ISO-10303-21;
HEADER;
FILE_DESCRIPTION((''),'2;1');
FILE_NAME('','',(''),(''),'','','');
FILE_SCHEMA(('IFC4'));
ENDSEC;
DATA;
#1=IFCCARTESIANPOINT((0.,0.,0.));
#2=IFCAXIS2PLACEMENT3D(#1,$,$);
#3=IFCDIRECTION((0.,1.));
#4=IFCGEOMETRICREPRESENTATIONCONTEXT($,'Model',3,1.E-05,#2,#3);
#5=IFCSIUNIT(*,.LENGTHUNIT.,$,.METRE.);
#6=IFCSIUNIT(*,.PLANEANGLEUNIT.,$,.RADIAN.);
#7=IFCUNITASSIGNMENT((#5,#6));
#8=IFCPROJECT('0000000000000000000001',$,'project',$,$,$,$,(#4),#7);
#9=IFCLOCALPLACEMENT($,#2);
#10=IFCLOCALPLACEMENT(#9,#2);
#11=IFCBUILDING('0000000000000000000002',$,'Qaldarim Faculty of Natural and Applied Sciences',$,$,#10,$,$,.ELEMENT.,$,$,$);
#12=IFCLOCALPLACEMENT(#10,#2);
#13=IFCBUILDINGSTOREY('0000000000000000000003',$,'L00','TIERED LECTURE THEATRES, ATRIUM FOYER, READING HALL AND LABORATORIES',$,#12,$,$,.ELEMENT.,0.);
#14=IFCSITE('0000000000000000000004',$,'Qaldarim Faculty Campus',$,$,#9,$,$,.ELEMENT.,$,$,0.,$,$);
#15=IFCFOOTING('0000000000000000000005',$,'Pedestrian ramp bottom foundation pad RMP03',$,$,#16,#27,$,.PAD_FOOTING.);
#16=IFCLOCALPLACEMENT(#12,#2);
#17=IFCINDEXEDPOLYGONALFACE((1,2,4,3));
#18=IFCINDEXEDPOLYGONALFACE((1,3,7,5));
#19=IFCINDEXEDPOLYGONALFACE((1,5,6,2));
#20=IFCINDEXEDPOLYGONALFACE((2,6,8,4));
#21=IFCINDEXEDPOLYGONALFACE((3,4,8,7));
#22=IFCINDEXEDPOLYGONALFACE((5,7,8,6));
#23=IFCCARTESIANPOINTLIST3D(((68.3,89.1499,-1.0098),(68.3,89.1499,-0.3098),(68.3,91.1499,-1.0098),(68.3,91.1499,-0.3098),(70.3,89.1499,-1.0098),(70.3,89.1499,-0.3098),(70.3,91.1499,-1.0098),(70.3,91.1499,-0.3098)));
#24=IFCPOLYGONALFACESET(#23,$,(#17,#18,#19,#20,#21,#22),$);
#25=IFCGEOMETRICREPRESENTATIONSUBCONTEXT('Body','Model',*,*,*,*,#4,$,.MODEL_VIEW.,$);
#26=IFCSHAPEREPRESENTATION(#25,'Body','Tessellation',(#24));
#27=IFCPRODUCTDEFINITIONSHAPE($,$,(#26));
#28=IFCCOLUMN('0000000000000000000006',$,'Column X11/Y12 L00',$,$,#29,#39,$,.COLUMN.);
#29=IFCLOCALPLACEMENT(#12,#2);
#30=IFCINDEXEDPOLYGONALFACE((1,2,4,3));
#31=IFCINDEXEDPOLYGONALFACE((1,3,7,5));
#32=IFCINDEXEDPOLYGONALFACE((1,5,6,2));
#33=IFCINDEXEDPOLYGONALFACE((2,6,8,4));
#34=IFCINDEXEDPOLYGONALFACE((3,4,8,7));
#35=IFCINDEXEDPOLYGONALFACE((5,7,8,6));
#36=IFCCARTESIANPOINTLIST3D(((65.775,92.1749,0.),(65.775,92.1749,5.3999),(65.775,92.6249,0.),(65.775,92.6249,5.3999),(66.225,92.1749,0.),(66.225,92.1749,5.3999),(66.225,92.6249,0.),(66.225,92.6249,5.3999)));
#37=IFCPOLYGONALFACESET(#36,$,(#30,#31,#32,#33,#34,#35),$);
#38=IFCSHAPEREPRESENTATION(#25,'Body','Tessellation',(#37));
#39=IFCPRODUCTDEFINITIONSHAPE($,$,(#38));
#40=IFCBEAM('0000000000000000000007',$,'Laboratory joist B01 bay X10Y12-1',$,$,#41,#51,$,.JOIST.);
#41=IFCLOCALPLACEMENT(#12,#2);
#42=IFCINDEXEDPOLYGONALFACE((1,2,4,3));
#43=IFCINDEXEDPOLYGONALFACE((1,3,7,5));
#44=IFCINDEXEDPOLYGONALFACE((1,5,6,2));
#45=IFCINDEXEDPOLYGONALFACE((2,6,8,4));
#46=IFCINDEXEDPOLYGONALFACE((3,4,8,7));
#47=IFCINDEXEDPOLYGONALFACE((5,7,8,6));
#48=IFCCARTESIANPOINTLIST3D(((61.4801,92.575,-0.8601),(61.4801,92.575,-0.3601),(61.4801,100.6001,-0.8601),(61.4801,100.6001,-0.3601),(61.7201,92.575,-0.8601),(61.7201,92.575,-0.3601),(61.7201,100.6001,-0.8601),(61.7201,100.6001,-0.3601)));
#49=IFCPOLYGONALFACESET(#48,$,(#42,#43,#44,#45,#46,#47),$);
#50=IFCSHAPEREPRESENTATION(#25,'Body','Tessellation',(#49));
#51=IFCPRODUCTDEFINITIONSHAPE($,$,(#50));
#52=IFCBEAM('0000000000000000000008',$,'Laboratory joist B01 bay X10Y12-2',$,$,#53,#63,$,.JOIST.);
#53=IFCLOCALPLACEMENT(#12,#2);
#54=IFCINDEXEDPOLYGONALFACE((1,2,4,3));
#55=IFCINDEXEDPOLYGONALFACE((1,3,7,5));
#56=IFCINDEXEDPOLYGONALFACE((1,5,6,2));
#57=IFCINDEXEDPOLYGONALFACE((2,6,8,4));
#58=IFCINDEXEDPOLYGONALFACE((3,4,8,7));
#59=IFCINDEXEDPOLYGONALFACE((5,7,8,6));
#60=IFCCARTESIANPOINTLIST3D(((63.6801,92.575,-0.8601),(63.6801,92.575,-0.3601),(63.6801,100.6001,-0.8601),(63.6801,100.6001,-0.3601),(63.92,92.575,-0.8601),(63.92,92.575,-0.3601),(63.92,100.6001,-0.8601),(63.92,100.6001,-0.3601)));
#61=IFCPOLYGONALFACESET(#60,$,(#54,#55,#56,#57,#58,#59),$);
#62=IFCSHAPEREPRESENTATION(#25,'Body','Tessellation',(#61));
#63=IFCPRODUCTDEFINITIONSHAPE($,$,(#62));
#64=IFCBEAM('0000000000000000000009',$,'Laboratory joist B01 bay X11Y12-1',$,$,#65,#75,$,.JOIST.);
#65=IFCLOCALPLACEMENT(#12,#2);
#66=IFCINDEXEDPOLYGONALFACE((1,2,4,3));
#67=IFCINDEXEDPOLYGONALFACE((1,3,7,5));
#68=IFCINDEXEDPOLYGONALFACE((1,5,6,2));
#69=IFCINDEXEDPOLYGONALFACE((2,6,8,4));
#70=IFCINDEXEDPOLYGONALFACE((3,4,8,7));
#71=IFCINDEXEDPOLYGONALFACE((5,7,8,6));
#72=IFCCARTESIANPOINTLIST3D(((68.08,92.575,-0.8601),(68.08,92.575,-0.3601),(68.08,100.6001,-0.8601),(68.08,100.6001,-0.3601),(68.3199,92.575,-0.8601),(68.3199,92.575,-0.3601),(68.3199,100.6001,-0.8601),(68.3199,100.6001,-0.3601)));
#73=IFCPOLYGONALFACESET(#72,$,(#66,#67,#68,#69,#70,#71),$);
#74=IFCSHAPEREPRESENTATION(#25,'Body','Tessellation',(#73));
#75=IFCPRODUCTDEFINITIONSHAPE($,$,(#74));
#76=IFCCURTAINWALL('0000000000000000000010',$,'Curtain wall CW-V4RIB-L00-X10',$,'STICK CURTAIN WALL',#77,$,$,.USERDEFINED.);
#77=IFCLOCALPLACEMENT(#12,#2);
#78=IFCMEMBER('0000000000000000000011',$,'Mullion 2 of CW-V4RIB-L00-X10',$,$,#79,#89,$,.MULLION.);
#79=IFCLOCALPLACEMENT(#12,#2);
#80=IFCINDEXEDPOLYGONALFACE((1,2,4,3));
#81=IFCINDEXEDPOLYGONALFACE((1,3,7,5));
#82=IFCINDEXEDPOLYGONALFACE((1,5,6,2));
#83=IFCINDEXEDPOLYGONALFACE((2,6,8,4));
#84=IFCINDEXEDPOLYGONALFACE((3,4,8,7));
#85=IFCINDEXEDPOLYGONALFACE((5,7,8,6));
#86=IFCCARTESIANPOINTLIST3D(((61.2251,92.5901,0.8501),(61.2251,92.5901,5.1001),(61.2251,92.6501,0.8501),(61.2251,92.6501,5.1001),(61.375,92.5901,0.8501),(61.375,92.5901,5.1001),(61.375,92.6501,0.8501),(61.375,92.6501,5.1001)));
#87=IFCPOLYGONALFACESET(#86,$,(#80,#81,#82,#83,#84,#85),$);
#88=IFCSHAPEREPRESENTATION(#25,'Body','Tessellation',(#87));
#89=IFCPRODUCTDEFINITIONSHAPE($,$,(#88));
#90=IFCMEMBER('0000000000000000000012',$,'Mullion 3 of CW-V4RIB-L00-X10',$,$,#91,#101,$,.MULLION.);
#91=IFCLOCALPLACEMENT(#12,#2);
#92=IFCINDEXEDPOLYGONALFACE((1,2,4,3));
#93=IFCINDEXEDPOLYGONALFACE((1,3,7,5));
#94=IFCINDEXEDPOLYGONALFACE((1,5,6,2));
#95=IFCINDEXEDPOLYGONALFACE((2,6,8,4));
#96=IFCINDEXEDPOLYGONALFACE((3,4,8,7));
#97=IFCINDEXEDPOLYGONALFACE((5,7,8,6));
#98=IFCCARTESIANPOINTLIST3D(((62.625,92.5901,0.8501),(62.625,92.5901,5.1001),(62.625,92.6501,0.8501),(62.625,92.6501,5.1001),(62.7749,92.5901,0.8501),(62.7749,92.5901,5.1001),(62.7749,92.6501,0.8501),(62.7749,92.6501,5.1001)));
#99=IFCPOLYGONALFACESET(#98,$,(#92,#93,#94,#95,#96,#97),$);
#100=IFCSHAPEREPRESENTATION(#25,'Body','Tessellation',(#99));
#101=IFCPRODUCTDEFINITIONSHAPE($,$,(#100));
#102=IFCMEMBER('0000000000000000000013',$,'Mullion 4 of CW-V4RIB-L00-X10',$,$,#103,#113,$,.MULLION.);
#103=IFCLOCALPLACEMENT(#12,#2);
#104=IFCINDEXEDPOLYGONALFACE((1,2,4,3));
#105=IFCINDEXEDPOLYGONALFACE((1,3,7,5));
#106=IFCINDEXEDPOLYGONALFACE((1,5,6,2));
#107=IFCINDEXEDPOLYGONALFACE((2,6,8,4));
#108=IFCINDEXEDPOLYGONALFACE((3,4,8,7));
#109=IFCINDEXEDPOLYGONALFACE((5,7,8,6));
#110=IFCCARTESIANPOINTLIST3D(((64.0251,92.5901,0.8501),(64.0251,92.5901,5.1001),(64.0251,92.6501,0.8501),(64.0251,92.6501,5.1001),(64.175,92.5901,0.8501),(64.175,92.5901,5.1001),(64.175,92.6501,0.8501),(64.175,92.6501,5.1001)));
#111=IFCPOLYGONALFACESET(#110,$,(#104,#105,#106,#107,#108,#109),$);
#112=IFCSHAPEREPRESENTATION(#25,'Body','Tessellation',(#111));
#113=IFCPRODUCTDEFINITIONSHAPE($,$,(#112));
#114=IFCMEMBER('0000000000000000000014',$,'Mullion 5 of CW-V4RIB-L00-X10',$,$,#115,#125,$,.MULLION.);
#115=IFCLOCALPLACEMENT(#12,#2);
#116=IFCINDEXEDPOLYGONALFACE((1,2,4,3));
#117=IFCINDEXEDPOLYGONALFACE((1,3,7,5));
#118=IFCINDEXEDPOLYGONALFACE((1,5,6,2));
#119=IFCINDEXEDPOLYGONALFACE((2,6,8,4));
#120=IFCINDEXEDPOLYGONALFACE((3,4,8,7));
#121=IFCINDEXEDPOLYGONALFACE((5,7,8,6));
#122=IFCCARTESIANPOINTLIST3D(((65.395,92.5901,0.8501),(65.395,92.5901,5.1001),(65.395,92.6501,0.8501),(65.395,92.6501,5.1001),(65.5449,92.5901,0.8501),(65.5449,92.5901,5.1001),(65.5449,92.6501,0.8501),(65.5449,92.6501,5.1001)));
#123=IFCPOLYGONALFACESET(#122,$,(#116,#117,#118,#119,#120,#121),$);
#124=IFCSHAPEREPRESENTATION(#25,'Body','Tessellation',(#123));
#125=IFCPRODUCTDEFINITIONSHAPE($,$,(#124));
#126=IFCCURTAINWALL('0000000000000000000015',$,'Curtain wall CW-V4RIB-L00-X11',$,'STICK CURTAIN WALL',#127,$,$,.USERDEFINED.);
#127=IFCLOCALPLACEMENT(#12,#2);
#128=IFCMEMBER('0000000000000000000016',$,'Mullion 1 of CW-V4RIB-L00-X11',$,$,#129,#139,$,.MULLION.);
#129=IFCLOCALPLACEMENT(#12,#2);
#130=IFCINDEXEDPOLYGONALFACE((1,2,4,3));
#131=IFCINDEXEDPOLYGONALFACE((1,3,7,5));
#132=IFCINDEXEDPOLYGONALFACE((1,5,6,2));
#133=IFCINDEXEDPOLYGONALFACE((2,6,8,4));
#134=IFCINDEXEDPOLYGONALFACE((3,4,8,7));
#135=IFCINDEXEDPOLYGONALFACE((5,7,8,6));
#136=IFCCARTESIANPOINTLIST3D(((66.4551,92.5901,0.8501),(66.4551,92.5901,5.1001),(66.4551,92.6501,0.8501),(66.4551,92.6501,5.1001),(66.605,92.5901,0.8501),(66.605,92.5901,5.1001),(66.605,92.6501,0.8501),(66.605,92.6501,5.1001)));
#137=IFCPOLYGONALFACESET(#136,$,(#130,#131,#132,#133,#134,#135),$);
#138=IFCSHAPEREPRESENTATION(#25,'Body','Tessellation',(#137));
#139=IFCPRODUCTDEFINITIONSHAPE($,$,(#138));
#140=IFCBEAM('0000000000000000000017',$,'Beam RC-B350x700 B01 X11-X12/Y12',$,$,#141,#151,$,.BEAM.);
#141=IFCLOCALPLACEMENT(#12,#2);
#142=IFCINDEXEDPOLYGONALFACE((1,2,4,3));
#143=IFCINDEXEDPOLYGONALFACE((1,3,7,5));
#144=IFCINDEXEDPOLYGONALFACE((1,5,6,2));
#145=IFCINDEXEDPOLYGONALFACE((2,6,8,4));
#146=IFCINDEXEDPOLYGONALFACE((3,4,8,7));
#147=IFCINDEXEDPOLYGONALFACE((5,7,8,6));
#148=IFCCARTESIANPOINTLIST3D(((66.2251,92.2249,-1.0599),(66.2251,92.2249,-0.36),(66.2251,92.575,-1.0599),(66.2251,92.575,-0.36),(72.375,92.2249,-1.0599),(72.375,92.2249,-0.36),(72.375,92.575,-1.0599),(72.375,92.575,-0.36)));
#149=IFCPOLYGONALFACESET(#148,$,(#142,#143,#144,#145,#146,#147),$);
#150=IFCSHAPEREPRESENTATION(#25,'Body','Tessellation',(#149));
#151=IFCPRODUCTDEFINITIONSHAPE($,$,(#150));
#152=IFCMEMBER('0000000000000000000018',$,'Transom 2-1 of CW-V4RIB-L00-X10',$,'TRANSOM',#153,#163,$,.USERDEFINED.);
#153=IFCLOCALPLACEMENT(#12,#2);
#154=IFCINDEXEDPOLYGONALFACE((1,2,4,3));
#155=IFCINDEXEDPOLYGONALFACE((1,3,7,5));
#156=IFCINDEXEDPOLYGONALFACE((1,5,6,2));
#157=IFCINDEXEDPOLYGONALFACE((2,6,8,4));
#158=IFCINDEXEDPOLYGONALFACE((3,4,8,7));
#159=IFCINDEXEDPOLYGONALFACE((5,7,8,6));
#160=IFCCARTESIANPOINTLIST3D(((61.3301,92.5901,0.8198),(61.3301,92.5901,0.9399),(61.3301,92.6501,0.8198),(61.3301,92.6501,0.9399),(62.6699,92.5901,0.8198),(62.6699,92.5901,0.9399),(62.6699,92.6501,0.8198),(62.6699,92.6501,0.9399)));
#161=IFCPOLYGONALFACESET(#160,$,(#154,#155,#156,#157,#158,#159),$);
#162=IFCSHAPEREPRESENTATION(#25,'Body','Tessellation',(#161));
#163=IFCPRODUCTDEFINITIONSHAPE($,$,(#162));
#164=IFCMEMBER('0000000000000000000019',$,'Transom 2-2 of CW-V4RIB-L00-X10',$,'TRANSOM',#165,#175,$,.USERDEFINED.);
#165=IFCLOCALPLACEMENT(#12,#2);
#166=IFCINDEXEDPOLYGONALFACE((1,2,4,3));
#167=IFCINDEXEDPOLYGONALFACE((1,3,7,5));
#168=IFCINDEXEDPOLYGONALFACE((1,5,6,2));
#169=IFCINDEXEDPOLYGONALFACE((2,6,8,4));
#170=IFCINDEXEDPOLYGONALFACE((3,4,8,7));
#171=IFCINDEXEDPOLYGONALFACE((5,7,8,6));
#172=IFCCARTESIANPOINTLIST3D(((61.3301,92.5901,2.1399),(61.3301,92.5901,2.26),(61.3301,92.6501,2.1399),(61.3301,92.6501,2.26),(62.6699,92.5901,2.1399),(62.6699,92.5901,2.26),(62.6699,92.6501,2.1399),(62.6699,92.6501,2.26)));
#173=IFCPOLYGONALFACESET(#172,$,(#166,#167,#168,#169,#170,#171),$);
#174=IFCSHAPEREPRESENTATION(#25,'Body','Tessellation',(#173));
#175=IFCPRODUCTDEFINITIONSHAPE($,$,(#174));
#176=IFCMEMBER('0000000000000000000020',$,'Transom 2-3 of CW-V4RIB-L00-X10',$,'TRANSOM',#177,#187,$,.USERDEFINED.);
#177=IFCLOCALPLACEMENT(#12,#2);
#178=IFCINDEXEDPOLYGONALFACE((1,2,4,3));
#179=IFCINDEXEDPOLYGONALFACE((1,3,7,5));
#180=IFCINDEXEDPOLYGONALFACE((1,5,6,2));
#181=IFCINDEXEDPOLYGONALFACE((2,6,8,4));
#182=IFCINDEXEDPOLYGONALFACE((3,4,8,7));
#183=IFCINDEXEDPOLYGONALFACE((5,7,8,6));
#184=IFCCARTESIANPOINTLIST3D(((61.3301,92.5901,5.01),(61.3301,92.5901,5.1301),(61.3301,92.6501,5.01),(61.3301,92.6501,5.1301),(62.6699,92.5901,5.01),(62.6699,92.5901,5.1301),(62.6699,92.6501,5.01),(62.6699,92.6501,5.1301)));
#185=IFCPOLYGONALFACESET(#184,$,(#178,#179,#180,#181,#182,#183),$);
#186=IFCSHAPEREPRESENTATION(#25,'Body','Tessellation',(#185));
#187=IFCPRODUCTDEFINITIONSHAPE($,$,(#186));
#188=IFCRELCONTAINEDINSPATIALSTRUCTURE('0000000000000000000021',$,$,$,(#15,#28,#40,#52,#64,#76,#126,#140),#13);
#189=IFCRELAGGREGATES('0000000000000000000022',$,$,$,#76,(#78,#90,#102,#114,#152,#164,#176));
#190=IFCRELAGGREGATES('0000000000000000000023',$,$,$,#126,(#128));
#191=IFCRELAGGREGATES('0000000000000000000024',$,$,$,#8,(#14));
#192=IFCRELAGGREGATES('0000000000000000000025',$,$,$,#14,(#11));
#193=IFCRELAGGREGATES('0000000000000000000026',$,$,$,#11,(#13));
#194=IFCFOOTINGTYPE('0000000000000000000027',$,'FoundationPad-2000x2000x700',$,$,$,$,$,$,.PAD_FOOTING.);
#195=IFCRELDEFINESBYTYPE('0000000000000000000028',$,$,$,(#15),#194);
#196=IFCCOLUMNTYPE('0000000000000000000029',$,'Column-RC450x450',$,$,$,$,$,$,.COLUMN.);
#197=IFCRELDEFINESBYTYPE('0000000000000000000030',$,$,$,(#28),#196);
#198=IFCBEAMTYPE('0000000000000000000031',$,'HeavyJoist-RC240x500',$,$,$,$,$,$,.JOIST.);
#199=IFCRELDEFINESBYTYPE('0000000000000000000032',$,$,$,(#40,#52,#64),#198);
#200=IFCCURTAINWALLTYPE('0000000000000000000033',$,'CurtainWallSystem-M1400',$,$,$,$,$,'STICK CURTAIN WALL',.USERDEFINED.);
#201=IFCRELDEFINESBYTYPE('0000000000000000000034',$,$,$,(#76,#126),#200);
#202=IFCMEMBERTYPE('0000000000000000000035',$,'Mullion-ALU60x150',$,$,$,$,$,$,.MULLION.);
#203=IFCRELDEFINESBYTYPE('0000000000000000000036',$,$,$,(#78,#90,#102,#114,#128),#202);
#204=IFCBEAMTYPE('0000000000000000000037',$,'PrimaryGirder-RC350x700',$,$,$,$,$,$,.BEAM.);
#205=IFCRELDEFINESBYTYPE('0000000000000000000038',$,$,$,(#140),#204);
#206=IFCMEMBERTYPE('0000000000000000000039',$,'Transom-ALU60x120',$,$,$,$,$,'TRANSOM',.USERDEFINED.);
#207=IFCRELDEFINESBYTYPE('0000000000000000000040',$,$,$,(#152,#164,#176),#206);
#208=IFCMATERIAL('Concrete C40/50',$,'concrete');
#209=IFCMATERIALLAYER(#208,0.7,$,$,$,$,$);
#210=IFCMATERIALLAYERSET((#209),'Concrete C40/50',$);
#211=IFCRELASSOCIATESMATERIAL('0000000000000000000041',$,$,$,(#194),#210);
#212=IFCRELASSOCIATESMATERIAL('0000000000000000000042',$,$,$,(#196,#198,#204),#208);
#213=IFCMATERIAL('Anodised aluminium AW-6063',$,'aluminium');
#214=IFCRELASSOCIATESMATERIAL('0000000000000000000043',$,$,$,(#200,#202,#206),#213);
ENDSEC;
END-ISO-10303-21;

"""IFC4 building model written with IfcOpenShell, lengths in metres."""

from ifc_helpers import new_model, si_unit, direction, frame, origin, origin_2d, place, context, subcontext, project, spatial, rectangle, extrude, material, layer, layer_set, material_profile, profile_set, type_object, element, aggregate, save


model = new_model("IFC4")

# Units and contexts
model_context = context("Model", 3, precision=1e-05, world=origin(), true_north=direction((0.0, 1.0)))
body_context = subcontext(model_context, "Body", "Model", "MODEL_VIEW")
ifc_project = project(units=[si_unit("LENGTHUNIT", "METRE"), si_unit("PLANEANGLEUNIT", "RADIAN")], contexts=[model_context])

# Site, building, storey
site_placement = place(None, origin())
site = spatial("IfcSite", under=ifc_project, at=site_placement, Name="Qaldarim Faculty Campus", CompositionType="ELEMENT", RefElevation=0.0)
building_placement = place(site_placement, origin())
building = spatial("IfcBuilding", under=site, at=building_placement, Name="Qaldarim Faculty of Natural and Applied Sciences", CompositionType="ELEMENT")
storey_placement = place(building_placement, origin())
storey = spatial("IfcBuildingStorey", under=building, at=storey_placement, Name="L00", Description="TIERED LECTURE THEATRES, ATRIUM FOYER, READING HALL AND LABORATORIES", CompositionType="ELEMENT", Elevation=0.0)

# Footing
ifc_material_1 = material(Name="Concrete C40/50", Category="concrete")
ifc_layer_1 = layer(ifc_material_1, 0.7)
ifc_layer_set_1 = layer_set([ifc_layer_1], Name="Concrete C40/50")
footing_type = type_object("IfcFootingType", Name="FoundationPad-2000x2000x700", PredefinedType="PAD_FOOTING", material=ifc_layer_set_1)
footing_placement = place(storey_placement, frame((69.3, 90.1499, -1.0098), z_axis=(0.0, 0.0, 1.0), x_axis=(0.0, 1.0, 0.0)))
element("IfcFooting", 1, at=footing_placement, inside=storey, type_object=footing_type, Name="Pedestrian ramp bottom foundation pad RMP03", PredefinedType="PAD_FOOTING", context=body_context, shape_type="SweptSolid", body=[
    extrude(rectangle(XDim=2.0, YDim=2.0, at=origin_2d()), origin(), (0.0, 0.0, 1.0), 0.7),
])

# Column
ifc_material_profile_1 = material_profile(ifc_material_1, rectangle(XDim=0.45, YDim=0.45, at=origin_2d()), Name="RC-C450x450")
ifc_profile_set_1 = profile_set([ifc_material_profile_1], Name="Concrete C40/50")
column_type = type_object("IfcColumnType", Name="Column-RC450x450", PredefinedType="COLUMN", material=ifc_profile_set_1)
column_placement = place(storey_placement, frame((66.0, 92.3999, 0.0), z_axis=(0.0, 0.0, 1.0), x_axis=(1.0, 0.0, 0.0)))
element("IfcColumn", 2, at=column_placement, inside=storey, type_object=column_type, Name="Column X11/Y12 L00", PredefinedType="COLUMN", context=body_context, shape_type="SweptSolid", body=[
    extrude(rectangle(XDim=0.45, YDim=0.45, at=origin_2d()), origin(), (0.0, 0.0, 1.0), 5.3999),
])

# Beams
ifc_material_profile_2 = material_profile(ifc_material_1, rectangle(XDim=0.24, YDim=0.5, at=origin_2d()), Name="RC-J240x500")
ifc_profile_set_2 = profile_set([ifc_material_profile_2], Name="Concrete C40/50")
beam_type_1 = type_object("IfcBeamType", Name="HeavyJoist-RC240x500", PredefinedType="JOIST", material=ifc_profile_set_2)
for number, where, z_axis, x_axis, name in (
    (3, (61.6001, 92.575, -0.6101), (0.0, 1.0, 0.0), (-1.0, 0.0, 0.0), "Laboratory joist B01 bay X10Y12-1"),
    (4, (63.8, 92.575, -0.6101), (0.0, 1.0, 0.0), (-1.0, 0.0, 0.0), "Laboratory joist B01 bay X10Y12-2"),
    (5, (68.2, 92.575, -0.6101), (0.0, 1.0, 0.0), (-1.0, 0.0, 0.0), "Laboratory joist B01 bay X11Y12-1"),
):
    element("IfcBeam", number, at=place(storey_placement, frame(where, z_axis=z_axis, x_axis=x_axis)), inside=storey, type_object=beam_type_1, Name=name, PredefinedType="JOIST", context=body_context, shape_type="SweptSolid", body=[
        extrude(rectangle(XDim=0.24, YDim=0.5, at=origin_2d()), origin(), (0.0, 0.0, 1.0), 8.0251),
    ])

# Curtain wall, members
ifc_material_2 = material(Name="Anodised aluminium AW-6063", Category="aluminium")
curtain_wall_type = type_object("IfcCurtainWallType", Name="CurtainWallSystem-M1400", ElementType="STICK CURTAIN WALL", PredefinedType="USERDEFINED", material=ifc_material_2)
curtain_wall_1_placement = place(storey_placement, origin())
curtain_wall_1 = element("IfcCurtainWall", 6, at=curtain_wall_1_placement, inside=storey, type_object=curtain_wall_type, Name="Curtain wall CW-V4RIB-L00-X10", ObjectType="STICK CURTAIN WALL", PredefinedType="USERDEFINED")
ifc_material_profile_3 = material_profile(ifc_material_2, rectangle(XDim=0.0601, YDim=0.1499, at=origin_2d()), Name="ALU-M60x150")
ifc_profile_set_3 = profile_set([ifc_material_profile_3], Name="Anodised aluminium AW-6063")
member_type_1 = type_object("IfcMemberType", Name="Mullion-ALU60x150", PredefinedType="MULLION", material=ifc_profile_set_3)
member_1_placement = place(storey_placement, frame((61.3, 92.6201, 0.8501), z_axis=(0.0, 0.0, 1.0), x_axis=(0.0, 1.0, 0.0)))
member_1 = element("IfcMember", 7, at=member_1_placement, type_object=member_type_1, Name="Mullion 2 of CW-V4RIB-L00-X10", PredefinedType="MULLION", context=body_context, shape_type="SweptSolid", body=[
    extrude(rectangle(XDim=0.0601, YDim=0.1499, at=origin_2d()), origin(), (0.0, 0.0, 1.0), 4.25),
])
member_2_placement = place(storey_placement, frame((62.7, 92.6201, 0.8501), z_axis=(0.0, 0.0, 1.0), x_axis=(0.0, 1.0, 0.0)))
member_2 = element("IfcMember", 8, at=member_2_placement, type_object=member_type_1, Name="Mullion 3 of CW-V4RIB-L00-X10", PredefinedType="MULLION", context=body_context, shape_type="SweptSolid", body=[
    extrude(rectangle(XDim=0.0601, YDim=0.1499, at=origin_2d()), origin(), (0.0, 0.0, 1.0), 4.25),
])
member_3_placement = place(storey_placement, frame((64.1001, 92.6201, 0.8501), z_axis=(0.0, 0.0, 1.0), x_axis=(0.0, 1.0, 0.0)))
member_3 = element("IfcMember", 9, at=member_3_placement, type_object=member_type_1, Name="Mullion 4 of CW-V4RIB-L00-X10", PredefinedType="MULLION", context=body_context, shape_type="SweptSolid", body=[
    extrude(rectangle(XDim=0.0601, YDim=0.1499, at=origin_2d()), origin(), (0.0, 0.0, 1.0), 4.25),
])
member_4_placement = place(storey_placement, frame((65.47, 92.6201, 0.8501), z_axis=(0.0, 0.0, 1.0), x_axis=(0.0, 1.0, 0.0)))
member_4 = element("IfcMember", 10, at=member_4_placement, type_object=member_type_1, Name="Mullion 5 of CW-V4RIB-L00-X10", PredefinedType="MULLION", context=body_context, shape_type="SweptSolid", body=[
    extrude(rectangle(XDim=0.0601, YDim=0.1499, at=origin_2d()), origin(), (0.0, 0.0, 1.0), 4.25),
])

# Curtain wall, member
curtain_wall_2_placement = place(storey_placement, origin())
curtain_wall_2 = element("IfcCurtainWall", 11, at=curtain_wall_2_placement, inside=storey, type_object=curtain_wall_type, Name="Curtain wall CW-V4RIB-L00-X11", ObjectType="STICK CURTAIN WALL", PredefinedType="USERDEFINED")
member_5_placement = place(storey_placement, frame((66.53, 92.6201, 0.8501), z_axis=(0.0, 0.0, 1.0), x_axis=(0.0, 1.0, 0.0)))
member_5 = element("IfcMember", 12, at=member_5_placement, type_object=member_type_1, Name="Mullion 1 of CW-V4RIB-L00-X11", PredefinedType="MULLION", context=body_context, shape_type="SweptSolid", body=[
    extrude(rectangle(XDim=0.0601, YDim=0.1499, at=origin_2d()), origin(), (0.0, 0.0, 1.0), 4.25),
])

# Beam
ifc_material_profile_4 = material_profile(ifc_material_1, rectangle(XDim=0.3501, YDim=0.7, at=origin_2d()), Name="RC-B350x700")
ifc_profile_set_4 = profile_set([ifc_material_profile_4], Name="Concrete C40/50")
beam_type_2 = type_object("IfcBeamType", Name="PrimaryGirder-RC350x700", PredefinedType="BEAM", material=ifc_profile_set_4)
beam_placement = place(storey_placement, frame((66.2251, 92.3999, -0.71), z_axis=(1.0, 0.0, 0.0), x_axis=(0.0, 1.0, 0.0)))
element("IfcBeam", 13, at=beam_placement, inside=storey, type_object=beam_type_2, Name="Beam RC-B350x700 B01 X11-X12/Y12", PredefinedType="BEAM", context=body_context, shape_type="SweptSolid", body=[
    extrude(rectangle(XDim=0.3501, YDim=0.7, at=origin_2d()), origin(), (0.0, 0.0, 1.0), 6.1499),
])

# Members
ifc_material_profile_5 = material_profile(ifc_material_2, rectangle(XDim=0.0601, YDim=0.1201, at=origin_2d()), Name="ALU-T60x120")
ifc_profile_set_5 = profile_set([ifc_material_profile_5], Name="Anodised aluminium AW-6063")
member_type_2 = type_object("IfcMemberType", Name="Transom-ALU60x120", ElementType="TRANSOM", PredefinedType="USERDEFINED", material=ifc_profile_set_5)
member_6_placement = place(storey_placement, frame((61.3301, 92.6201, 0.8799), z_axis=(1.0, 0.0, 0.0), x_axis=(0.0, 1.0, 0.0)))
member_6 = element("IfcMember", 14, at=member_6_placement, type_object=member_type_2, Name="Transom 2-1 of CW-V4RIB-L00-X10", ObjectType="TRANSOM", PredefinedType="USERDEFINED", context=body_context, shape_type="SweptSolid", body=[
    extrude(rectangle(XDim=0.0601, YDim=0.1201, at=origin_2d()), origin(), (0.0, 0.0, 1.0), 1.3398),
])
member_7_placement = place(storey_placement, frame((61.3301, 92.6201, 2.2), z_axis=(1.0, 0.0, 0.0), x_axis=(0.0, 1.0, 0.0)))
member_7 = element("IfcMember", 15, at=member_7_placement, type_object=member_type_2, Name="Transom 2-2 of CW-V4RIB-L00-X10", ObjectType="TRANSOM", PredefinedType="USERDEFINED", context=body_context, shape_type="SweptSolid", body=[
    extrude(rectangle(XDim=0.0601, YDim=0.1201, at=origin_2d()), origin(), (0.0, 0.0, 1.0), 1.3398),
])
member_8_placement = place(storey_placement, frame((61.3301, 92.6201, 5.0701), z_axis=(1.0, 0.0, 0.0), x_axis=(0.0, 1.0, 0.0)))
member_8 = element("IfcMember", 16, at=member_8_placement, type_object=member_type_2, Name="Transom 2-3 of CW-V4RIB-L00-X10", ObjectType="TRANSOM", PredefinedType="USERDEFINED", context=body_context, shape_type="SweptSolid", body=[
    extrude(rectangle(XDim=0.0601, YDim=0.1201, at=origin_2d()), origin(), (0.0, 0.0, 1.0), 1.3398),
])

aggregate(curtain_wall_1, [member_1, member_2, member_3, member_4, member_6, member_7, member_8])
aggregate(curtain_wall_2, [member_5])

save(model, "model.ifc")
